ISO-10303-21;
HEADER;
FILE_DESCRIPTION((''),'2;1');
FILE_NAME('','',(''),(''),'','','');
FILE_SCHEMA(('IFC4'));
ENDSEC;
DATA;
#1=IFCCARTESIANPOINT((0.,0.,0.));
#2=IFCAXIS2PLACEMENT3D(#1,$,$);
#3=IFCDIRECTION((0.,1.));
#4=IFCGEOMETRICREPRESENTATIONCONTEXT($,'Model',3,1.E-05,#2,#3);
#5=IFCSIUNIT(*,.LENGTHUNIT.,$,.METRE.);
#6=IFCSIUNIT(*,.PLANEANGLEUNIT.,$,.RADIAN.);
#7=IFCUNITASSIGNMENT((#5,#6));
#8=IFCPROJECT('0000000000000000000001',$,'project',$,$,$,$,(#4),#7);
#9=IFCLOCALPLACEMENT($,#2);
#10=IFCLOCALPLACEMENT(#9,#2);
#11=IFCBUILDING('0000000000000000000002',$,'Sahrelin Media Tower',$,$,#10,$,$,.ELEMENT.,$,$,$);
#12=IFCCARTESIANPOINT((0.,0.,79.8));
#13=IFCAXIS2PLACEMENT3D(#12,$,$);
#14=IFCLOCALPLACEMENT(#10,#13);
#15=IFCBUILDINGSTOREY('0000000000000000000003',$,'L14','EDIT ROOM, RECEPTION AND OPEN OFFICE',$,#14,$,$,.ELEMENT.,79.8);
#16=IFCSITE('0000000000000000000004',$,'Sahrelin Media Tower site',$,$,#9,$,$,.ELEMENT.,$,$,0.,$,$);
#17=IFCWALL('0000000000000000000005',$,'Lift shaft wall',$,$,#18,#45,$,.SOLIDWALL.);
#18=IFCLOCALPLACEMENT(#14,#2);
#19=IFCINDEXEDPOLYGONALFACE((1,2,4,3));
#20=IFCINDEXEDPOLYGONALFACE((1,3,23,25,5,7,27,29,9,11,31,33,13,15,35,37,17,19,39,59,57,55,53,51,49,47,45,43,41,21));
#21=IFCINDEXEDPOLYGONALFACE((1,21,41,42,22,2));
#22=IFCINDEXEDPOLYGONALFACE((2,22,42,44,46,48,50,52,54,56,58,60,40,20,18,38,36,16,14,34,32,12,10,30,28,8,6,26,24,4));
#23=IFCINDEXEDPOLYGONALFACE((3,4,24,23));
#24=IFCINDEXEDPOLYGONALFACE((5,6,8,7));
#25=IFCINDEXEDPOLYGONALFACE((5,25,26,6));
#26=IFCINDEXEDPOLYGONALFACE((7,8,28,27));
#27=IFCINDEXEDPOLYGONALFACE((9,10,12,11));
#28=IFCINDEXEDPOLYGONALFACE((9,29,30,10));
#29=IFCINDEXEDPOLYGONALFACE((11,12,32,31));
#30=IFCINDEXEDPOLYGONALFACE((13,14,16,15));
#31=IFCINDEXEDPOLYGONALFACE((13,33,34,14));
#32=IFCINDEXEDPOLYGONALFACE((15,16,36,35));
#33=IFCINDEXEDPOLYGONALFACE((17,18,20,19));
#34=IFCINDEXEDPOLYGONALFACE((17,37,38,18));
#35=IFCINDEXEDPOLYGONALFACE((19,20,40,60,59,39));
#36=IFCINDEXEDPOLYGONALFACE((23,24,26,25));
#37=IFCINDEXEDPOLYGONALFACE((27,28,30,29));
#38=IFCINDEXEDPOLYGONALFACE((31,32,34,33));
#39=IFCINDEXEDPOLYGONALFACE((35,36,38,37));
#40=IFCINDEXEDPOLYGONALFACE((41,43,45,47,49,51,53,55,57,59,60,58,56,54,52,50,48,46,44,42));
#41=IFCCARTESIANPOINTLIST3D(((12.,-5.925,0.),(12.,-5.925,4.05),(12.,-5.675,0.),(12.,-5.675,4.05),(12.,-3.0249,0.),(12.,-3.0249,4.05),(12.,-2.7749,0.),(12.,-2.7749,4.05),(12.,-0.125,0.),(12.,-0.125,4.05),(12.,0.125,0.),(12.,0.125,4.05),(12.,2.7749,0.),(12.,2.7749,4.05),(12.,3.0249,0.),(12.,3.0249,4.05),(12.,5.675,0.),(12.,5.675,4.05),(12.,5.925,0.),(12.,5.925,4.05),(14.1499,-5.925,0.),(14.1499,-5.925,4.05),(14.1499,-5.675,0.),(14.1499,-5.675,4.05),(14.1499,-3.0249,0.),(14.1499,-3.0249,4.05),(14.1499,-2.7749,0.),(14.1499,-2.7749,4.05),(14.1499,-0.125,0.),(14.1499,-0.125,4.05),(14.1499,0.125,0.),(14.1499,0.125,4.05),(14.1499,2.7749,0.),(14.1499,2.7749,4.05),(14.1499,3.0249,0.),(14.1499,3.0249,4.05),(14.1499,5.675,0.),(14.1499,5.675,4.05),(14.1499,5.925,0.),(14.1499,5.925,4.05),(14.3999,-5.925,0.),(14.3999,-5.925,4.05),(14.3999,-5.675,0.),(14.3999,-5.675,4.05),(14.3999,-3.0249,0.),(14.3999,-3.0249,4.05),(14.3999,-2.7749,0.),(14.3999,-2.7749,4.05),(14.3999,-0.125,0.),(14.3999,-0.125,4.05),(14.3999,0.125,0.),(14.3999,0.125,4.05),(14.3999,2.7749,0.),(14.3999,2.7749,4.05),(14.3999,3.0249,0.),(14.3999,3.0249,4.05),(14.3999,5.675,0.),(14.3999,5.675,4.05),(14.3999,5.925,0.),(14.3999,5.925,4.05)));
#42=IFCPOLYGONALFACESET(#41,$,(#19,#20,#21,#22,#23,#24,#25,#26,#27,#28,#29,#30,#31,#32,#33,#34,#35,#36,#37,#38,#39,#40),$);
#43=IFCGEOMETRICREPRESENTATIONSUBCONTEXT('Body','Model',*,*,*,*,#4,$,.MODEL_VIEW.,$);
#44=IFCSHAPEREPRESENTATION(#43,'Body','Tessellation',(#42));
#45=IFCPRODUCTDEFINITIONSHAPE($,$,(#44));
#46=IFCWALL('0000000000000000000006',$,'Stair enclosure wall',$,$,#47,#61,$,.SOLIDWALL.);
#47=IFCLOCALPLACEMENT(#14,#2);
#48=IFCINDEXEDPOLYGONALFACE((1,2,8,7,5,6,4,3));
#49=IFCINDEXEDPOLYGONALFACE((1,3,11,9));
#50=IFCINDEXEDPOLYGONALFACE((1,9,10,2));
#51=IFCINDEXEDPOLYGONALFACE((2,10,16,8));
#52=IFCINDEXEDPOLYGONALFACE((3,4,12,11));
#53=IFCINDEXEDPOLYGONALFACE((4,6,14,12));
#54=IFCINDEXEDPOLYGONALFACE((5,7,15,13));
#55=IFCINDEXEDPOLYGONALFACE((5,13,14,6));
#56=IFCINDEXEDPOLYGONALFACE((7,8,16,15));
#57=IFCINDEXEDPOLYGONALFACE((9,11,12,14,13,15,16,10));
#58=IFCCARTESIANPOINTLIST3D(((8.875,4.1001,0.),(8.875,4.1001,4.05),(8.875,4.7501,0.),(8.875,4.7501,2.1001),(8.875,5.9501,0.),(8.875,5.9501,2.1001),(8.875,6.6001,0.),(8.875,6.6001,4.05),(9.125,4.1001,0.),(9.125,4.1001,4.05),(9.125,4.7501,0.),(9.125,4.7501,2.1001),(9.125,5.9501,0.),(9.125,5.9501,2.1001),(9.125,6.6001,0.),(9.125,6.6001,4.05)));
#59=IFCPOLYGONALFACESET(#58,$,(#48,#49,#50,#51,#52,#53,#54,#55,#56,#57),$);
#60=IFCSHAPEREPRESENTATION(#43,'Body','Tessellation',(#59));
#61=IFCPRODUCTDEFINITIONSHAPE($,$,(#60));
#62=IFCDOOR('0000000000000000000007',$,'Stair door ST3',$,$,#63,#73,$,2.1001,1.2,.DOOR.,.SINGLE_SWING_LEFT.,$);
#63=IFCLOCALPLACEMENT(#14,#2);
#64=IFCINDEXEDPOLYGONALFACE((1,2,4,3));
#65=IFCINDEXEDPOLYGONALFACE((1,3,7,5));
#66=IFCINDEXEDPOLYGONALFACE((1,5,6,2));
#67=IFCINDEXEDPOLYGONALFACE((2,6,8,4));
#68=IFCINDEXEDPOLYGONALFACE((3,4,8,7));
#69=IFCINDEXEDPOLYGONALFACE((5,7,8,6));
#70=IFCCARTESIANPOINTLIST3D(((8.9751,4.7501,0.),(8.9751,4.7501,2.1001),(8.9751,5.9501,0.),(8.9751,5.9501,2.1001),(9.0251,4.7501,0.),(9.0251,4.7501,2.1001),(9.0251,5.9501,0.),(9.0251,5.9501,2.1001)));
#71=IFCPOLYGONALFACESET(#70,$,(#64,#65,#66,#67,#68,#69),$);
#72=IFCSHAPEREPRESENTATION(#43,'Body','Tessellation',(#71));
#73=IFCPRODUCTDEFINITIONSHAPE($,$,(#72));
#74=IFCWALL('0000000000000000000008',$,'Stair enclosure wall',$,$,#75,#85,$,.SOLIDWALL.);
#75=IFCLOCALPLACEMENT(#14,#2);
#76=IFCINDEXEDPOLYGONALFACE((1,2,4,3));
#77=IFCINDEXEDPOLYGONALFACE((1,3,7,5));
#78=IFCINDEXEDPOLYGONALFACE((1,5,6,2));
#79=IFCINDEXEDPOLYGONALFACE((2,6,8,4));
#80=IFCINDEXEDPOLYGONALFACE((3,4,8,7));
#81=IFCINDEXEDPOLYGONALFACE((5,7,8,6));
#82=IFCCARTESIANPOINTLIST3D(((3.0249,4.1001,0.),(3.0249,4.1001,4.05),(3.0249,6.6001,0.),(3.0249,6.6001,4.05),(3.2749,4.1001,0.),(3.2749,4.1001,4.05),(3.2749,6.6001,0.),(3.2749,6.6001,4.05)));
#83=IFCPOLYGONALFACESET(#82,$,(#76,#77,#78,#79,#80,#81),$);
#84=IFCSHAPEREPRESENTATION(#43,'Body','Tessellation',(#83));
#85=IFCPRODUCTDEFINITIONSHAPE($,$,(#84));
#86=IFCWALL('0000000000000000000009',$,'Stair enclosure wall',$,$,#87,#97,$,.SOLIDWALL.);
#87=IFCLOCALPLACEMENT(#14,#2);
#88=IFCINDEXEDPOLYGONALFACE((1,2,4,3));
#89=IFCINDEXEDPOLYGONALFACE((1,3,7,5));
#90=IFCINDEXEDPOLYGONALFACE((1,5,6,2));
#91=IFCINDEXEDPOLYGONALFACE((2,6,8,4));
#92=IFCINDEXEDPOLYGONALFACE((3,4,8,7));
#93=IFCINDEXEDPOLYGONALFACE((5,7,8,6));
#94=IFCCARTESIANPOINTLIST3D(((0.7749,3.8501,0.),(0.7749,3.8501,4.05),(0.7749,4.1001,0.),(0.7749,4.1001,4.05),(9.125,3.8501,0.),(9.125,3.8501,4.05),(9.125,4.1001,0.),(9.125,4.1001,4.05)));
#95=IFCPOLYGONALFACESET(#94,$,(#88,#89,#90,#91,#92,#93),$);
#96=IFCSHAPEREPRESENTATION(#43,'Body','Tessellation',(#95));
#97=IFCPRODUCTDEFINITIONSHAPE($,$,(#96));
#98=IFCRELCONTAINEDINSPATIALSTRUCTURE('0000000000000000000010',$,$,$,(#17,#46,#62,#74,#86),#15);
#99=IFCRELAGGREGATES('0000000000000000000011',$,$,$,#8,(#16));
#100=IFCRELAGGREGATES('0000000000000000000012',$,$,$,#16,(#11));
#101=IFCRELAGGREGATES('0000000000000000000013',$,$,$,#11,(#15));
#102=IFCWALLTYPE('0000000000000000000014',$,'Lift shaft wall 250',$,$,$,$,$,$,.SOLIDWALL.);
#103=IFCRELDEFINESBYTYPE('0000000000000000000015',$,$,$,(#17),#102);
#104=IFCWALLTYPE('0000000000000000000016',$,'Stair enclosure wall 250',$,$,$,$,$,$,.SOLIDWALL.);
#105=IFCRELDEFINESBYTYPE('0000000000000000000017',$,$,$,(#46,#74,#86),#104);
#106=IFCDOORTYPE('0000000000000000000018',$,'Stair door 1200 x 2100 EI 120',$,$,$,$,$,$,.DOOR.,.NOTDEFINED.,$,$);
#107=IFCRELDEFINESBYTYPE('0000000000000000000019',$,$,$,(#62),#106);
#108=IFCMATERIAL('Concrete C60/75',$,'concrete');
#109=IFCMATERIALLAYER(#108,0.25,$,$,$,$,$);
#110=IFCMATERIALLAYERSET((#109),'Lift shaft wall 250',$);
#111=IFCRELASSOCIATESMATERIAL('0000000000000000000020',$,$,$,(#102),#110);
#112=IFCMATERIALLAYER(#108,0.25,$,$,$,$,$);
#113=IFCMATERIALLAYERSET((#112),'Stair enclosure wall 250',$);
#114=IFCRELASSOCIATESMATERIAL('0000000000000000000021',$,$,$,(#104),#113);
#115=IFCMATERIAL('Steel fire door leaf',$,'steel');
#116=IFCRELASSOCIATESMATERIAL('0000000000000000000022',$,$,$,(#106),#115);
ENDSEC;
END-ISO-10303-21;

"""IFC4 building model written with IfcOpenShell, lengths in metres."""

from ifc_helpers import new_model, si_unit, direction, frame, frame_2d, origin, place, context, subcontext, project, spatial, polyline, rectangle, outline, extrude, material, layer, layer_set, type_object, element, fill, save


model = new_model("IFC4")

# Units and contexts
model_context = context("Model", 3, precision=1e-05, world=origin(), true_north=direction((0.0, 1.0)))
body_context = subcontext(model_context, "Body", "Model", "MODEL_VIEW")
ifc_project = project(units=[si_unit("LENGTHUNIT", "METRE"), si_unit("PLANEANGLEUNIT", "RADIAN")], contexts=[model_context])

# Site, building, storey
site_placement = place(None, origin())
site = spatial("IfcSite", under=ifc_project, at=site_placement, Name="Sahrelin Media Tower site", CompositionType="ELEMENT", RefElevation=0.0)
building_placement = place(site_placement, origin())
building = spatial("IfcBuilding", under=site, at=building_placement, Name="Sahrelin Media Tower", CompositionType="ELEMENT")
storey_placement = place(building_placement, frame((0.0, 0.0, 79.8)))
storey = spatial("IfcBuildingStorey", under=building, at=storey_placement, Name="L14", Description="EDIT ROOM, RECEPTION AND OPEN OFFICE", CompositionType="ELEMENT", Elevation=79.8)

# Shared definitions
ifc_material_1 = material(Name="Steel fire door leaf", Category="steel")

# Wall
ifc_material_2 = material(Name="Concrete C60/75", Category="concrete")
ifc_layer_1 = layer(ifc_material_2, 0.25)
ifc_layer_set_1 = layer_set([ifc_layer_1], Name="Lift shaft wall 250")
wall_type_1 = type_object("IfcWallType", Name="Lift shaft wall 250", PredefinedType="SOLIDWALL", material=ifc_layer_set_1)
wall_1_placement = place(storey_placement, origin())
element("IfcWall", 1, at=wall_1_placement, inside=storey, type_object=wall_type_1, Name="Lift shaft wall", PredefinedType="SOLIDWALL", context=body_context, shape_type="SweptSolid", body=[
    extrude(outline(polyline([(12.0, -5.675), (12.0, -5.925), (14.1499, -5.925), (14.3999, -5.925), (14.3999, -5.675), (14.3999, -3.0249), (14.3999, -2.7749), (14.3999, -0.125), (14.3999, 0.125), (14.3999, 2.7749), (14.3999, 3.0249), (14.3999, 5.675), (14.3999, 5.925), (14.1499, 5.925), (12.0, 5.925), (12.0, 5.675), (14.1499, 5.675), (14.1499, 3.0249), (12.0, 3.0249), (12.0, 2.7749), (14.1499, 2.7749), (14.1499, 0.125), (12.0, 0.125), (12.0, -0.125), (14.1499, -0.125), (14.1499, -2.7749), (12.0, -2.7749), (12.0, -3.0249), (14.1499, -3.0249), (14.1499, -5.675), (12.0, -5.675)])), origin(), (0.0, 0.0, 1.0), 4.05),
])

# Wall, opening, door
ifc_layer_2 = layer(ifc_material_2, 0.25)
ifc_layer_set_2 = layer_set([ifc_layer_2], Name="Stair enclosure wall 250")
wall_type_2 = type_object("IfcWallType", Name="Stair enclosure wall 250", PredefinedType="SOLIDWALL", material=ifc_layer_set_2)
wall_2_placement = place(storey_placement, frame((9.0, 4.1001, 0.0), z_axis=(0.0, 0.0, 1.0), x_axis=(0.0, 1.0, 0.0)))
wall_2 = element("IfcWall", 2, at=wall_2_placement, inside=storey, type_object=wall_type_2, Name="Stair enclosure wall", PredefinedType="SOLIDWALL", context=body_context, shape_type="SweptSolid", body=[
    extrude(rectangle(XDim=2.5, YDim=0.25, at=frame_2d((1.25, 0.0))), origin(), (0.0, 0.0, 1.0), 4.05),
])
opening_1_placement = place(wall_2_placement, frame((0.6499, 0.0, 0.0)))
opening_1 = element("IfcOpeningElement", 3, at=opening_1_placement, cuts=wall_2, PredefinedType="OPENING", context=body_context, shape_type="SweptSolid", body=[
    extrude(rectangle(XDim=1.2, YDim=2.1001, at=frame_2d((0.6001, 1.05))), frame((0.0, 0.125, 0.0), z_axis=(0.0, -1.0, 0.0), x_axis=(1.0, 0.0, 0.0)), (0.0, 0.0, 1.0), 0.25),
])
door_type_1 = type_object("IfcDoorType", Name="Stair door 1200 x 2100 EI 120", OperationType="NOTDEFINED", PredefinedType="DOOR", material=ifc_material_1)
door_1_placement = place(opening_1_placement, origin())
door_1 = element("IfcDoor", 4, at=door_1_placement, inside=storey, type_object=door_type_1, Name="Stair door ST3", OperationType="SINGLE_SWING_LEFT", OverallHeight=2.1001, OverallWidth=1.2, PredefinedType="DOOR", context=body_context, shape_type="SweptSolid", body=[
    extrude(rectangle(XDim=1.2, YDim=2.1001, at=frame_2d((0.6001, 1.05))), frame((0.0, 0.0249, 0.0), z_axis=(0.0, -1.0, 0.0), x_axis=(1.0, 0.0, 0.0)), (0.0, 0.0, 1.0), 0.05),
])
fill(opening_1, door_1)

# Walls
wall_3_placement = place(storey_placement, frame((3.1499, 4.1001, 0.0), z_axis=(0.0, 0.0, 1.0), x_axis=(0.0, 1.0, 0.0)))
element("IfcWall", 5, at=wall_3_placement, inside=storey, type_object=wall_type_2, Name="Stair enclosure wall", PredefinedType="SOLIDWALL", context=body_context, shape_type="SweptSolid", body=[
    extrude(rectangle(XDim=2.5, YDim=0.25, at=frame_2d((1.25, 0.0))), origin(), (0.0, 0.0, 1.0), 4.05),
])
wall_4_placement = place(storey_placement, frame((0.7749, 3.9751, 0.0), z_axis=(0.0, 0.0, 1.0), x_axis=(1.0, 0.0, 0.0)))
element("IfcWall", 6, at=wall_4_placement, inside=storey, type_object=wall_type_2, Name="Stair enclosure wall", PredefinedType="SOLIDWALL", context=body_context, shape_type="SweptSolid", body=[
    extrude(rectangle(XDim=8.3501, YDim=0.25, at=frame_2d((4.175, 0.0))), origin(), (0.0, 0.0, 1.0), 4.05),
])

save(model, "model.ifc")
